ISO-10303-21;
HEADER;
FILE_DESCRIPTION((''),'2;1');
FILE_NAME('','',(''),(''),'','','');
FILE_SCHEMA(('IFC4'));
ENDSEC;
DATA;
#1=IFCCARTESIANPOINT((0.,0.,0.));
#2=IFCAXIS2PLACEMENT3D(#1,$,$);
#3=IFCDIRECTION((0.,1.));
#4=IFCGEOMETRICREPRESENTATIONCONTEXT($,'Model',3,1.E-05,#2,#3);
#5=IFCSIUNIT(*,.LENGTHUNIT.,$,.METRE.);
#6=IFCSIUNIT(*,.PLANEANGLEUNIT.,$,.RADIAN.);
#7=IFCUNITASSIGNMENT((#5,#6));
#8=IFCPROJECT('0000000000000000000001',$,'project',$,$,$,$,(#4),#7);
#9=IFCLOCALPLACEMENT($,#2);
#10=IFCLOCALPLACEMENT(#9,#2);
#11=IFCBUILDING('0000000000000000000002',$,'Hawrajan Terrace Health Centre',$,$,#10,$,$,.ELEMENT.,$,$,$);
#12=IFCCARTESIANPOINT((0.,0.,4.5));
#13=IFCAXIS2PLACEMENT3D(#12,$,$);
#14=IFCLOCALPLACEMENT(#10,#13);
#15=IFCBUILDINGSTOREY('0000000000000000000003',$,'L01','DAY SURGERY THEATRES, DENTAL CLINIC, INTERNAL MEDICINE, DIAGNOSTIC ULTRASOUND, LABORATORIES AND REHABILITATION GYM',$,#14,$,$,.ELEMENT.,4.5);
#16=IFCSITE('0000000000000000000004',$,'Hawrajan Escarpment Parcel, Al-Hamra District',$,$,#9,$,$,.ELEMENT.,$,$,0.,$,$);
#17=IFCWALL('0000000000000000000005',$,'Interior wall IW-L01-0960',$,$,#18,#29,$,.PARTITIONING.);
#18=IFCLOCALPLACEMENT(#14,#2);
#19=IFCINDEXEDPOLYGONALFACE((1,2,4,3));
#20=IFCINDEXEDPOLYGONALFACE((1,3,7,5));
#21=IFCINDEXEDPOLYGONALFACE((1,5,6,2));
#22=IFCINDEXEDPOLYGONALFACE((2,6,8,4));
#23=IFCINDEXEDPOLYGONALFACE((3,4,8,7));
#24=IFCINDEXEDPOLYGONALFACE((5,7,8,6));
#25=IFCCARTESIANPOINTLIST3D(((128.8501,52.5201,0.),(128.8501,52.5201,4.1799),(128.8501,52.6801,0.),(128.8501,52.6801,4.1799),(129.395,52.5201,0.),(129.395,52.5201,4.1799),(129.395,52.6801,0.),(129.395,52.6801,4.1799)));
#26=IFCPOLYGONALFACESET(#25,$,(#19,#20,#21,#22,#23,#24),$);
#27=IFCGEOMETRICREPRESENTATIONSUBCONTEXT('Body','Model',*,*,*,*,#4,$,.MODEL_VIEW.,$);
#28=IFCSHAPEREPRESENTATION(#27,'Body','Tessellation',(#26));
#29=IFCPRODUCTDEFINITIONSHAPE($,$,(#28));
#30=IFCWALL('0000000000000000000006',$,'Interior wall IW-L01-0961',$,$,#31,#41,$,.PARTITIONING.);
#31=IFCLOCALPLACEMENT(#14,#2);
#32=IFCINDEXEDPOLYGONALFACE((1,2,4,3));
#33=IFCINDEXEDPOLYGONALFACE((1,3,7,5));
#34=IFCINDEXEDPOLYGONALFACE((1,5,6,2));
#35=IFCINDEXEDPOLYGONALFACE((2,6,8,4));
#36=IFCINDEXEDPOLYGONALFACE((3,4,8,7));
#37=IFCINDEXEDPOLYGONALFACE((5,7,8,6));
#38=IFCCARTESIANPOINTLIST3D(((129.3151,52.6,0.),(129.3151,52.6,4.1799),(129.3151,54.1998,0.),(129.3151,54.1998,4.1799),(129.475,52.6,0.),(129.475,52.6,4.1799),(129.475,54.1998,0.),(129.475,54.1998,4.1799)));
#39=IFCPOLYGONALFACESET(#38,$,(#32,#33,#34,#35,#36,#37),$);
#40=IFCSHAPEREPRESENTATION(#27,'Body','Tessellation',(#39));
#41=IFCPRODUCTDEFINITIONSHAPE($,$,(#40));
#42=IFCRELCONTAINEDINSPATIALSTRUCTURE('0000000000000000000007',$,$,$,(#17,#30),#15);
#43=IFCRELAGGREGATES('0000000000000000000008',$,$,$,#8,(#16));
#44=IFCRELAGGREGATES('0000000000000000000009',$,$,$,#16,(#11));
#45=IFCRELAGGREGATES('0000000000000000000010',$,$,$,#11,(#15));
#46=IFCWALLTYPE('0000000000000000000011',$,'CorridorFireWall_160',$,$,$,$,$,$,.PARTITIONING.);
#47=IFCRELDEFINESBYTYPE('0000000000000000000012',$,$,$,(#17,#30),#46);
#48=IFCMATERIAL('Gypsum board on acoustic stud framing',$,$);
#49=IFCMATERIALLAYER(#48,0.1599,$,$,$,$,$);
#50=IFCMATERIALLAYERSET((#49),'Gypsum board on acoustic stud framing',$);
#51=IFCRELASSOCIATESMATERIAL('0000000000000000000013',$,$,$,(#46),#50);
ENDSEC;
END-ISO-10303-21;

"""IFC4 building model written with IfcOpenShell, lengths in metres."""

from ifc_helpers import new_model, si_unit, direction, frame, frame_2d, origin, place, context, subcontext, project, spatial, rectangle, extrude, material, layer, layer_set, type_object, element, save


model = new_model("IFC4")

# Units and contexts
model_context = context("Model", 3, precision=1e-05, world=origin(), true_north=direction((0.0, 1.0)))
body_context = subcontext(model_context, "Body", "Model", "MODEL_VIEW")
ifc_project = project(units=[si_unit("LENGTHUNIT", "METRE"), si_unit("PLANEANGLEUNIT", "RADIAN")], contexts=[model_context])

# Site, building, storey
site_placement = place(None, origin())
site = spatial("IfcSite", under=ifc_project, at=site_placement, Name="Hawrajan Escarpment Parcel, Al-Hamra District", CompositionType="ELEMENT", RefElevation=0.0)
building_placement = place(site_placement, origin())
building = spatial("IfcBuilding", under=site, at=building_placement, Name="Hawrajan Terrace Health Centre", CompositionType="ELEMENT")
storey_placement = place(building_placement, frame((0.0, 0.0, 4.5)))
storey = spatial("IfcBuildingStorey", under=building, at=storey_placement, Name="L01", Description="DAY SURGERY THEATRES, DENTAL CLINIC, INTERNAL MEDICINE, DIAGNOSTIC ULTRASOUND, LABORATORIES AND REHABILITATION GYM", CompositionType="ELEMENT", Elevation=4.5)

# Shared definitions
ifc_material_1 = material(Name="Gypsum board on acoustic stud framing")

# Walls
ifc_layer_1 = layer(ifc_material_1, 0.1599)
ifc_layer_set_1 = layer_set([ifc_layer_1], Name="Gypsum board on acoustic stud framing")
wall_type_1 = type_object("IfcWallType", Name="CorridorFireWall_160", PredefinedType="PARTITIONING", material=ifc_layer_set_1)
wall_1_placement = place(storey_placement, frame((128.8501, 52.6001, 0.0), z_axis=(0.0, 0.0, 1.0), x_axis=(1.0, 0.0, 0.0)))
element("IfcWall", 1, at=wall_1_placement, inside=storey, type_object=wall_type_1, Name="Interior wall IW-L01-0960", PredefinedType="PARTITIONING", context=body_context, shape_type="SweptSolid", body=[
    extrude(rectangle(XDim=0.5449, YDim=0.1599, at=frame_2d((0.2725, 0.0))), origin(), (0.0, 0.0, 1.0), 4.1799),
])
wall_2_placement = place(storey_placement, frame((129.395, 52.6001, 0.0), z_axis=(0.0, 0.0, 1.0), x_axis=(0.0, 1.0, 0.0)))
element("IfcWall", 2, at=wall_2_placement, inside=storey, type_object=wall_type_1, Name="Interior wall IW-L01-0961", PredefinedType="PARTITIONING", context=body_context, shape_type="SweptSolid", body=[
    extrude(rectangle(XDim=1.5999, YDim=0.1599, at=frame_2d((0.7998, 0.0))), origin(), (0.0, 0.0, 1.0), 4.1799),
])

save(model, "model.ifc")
